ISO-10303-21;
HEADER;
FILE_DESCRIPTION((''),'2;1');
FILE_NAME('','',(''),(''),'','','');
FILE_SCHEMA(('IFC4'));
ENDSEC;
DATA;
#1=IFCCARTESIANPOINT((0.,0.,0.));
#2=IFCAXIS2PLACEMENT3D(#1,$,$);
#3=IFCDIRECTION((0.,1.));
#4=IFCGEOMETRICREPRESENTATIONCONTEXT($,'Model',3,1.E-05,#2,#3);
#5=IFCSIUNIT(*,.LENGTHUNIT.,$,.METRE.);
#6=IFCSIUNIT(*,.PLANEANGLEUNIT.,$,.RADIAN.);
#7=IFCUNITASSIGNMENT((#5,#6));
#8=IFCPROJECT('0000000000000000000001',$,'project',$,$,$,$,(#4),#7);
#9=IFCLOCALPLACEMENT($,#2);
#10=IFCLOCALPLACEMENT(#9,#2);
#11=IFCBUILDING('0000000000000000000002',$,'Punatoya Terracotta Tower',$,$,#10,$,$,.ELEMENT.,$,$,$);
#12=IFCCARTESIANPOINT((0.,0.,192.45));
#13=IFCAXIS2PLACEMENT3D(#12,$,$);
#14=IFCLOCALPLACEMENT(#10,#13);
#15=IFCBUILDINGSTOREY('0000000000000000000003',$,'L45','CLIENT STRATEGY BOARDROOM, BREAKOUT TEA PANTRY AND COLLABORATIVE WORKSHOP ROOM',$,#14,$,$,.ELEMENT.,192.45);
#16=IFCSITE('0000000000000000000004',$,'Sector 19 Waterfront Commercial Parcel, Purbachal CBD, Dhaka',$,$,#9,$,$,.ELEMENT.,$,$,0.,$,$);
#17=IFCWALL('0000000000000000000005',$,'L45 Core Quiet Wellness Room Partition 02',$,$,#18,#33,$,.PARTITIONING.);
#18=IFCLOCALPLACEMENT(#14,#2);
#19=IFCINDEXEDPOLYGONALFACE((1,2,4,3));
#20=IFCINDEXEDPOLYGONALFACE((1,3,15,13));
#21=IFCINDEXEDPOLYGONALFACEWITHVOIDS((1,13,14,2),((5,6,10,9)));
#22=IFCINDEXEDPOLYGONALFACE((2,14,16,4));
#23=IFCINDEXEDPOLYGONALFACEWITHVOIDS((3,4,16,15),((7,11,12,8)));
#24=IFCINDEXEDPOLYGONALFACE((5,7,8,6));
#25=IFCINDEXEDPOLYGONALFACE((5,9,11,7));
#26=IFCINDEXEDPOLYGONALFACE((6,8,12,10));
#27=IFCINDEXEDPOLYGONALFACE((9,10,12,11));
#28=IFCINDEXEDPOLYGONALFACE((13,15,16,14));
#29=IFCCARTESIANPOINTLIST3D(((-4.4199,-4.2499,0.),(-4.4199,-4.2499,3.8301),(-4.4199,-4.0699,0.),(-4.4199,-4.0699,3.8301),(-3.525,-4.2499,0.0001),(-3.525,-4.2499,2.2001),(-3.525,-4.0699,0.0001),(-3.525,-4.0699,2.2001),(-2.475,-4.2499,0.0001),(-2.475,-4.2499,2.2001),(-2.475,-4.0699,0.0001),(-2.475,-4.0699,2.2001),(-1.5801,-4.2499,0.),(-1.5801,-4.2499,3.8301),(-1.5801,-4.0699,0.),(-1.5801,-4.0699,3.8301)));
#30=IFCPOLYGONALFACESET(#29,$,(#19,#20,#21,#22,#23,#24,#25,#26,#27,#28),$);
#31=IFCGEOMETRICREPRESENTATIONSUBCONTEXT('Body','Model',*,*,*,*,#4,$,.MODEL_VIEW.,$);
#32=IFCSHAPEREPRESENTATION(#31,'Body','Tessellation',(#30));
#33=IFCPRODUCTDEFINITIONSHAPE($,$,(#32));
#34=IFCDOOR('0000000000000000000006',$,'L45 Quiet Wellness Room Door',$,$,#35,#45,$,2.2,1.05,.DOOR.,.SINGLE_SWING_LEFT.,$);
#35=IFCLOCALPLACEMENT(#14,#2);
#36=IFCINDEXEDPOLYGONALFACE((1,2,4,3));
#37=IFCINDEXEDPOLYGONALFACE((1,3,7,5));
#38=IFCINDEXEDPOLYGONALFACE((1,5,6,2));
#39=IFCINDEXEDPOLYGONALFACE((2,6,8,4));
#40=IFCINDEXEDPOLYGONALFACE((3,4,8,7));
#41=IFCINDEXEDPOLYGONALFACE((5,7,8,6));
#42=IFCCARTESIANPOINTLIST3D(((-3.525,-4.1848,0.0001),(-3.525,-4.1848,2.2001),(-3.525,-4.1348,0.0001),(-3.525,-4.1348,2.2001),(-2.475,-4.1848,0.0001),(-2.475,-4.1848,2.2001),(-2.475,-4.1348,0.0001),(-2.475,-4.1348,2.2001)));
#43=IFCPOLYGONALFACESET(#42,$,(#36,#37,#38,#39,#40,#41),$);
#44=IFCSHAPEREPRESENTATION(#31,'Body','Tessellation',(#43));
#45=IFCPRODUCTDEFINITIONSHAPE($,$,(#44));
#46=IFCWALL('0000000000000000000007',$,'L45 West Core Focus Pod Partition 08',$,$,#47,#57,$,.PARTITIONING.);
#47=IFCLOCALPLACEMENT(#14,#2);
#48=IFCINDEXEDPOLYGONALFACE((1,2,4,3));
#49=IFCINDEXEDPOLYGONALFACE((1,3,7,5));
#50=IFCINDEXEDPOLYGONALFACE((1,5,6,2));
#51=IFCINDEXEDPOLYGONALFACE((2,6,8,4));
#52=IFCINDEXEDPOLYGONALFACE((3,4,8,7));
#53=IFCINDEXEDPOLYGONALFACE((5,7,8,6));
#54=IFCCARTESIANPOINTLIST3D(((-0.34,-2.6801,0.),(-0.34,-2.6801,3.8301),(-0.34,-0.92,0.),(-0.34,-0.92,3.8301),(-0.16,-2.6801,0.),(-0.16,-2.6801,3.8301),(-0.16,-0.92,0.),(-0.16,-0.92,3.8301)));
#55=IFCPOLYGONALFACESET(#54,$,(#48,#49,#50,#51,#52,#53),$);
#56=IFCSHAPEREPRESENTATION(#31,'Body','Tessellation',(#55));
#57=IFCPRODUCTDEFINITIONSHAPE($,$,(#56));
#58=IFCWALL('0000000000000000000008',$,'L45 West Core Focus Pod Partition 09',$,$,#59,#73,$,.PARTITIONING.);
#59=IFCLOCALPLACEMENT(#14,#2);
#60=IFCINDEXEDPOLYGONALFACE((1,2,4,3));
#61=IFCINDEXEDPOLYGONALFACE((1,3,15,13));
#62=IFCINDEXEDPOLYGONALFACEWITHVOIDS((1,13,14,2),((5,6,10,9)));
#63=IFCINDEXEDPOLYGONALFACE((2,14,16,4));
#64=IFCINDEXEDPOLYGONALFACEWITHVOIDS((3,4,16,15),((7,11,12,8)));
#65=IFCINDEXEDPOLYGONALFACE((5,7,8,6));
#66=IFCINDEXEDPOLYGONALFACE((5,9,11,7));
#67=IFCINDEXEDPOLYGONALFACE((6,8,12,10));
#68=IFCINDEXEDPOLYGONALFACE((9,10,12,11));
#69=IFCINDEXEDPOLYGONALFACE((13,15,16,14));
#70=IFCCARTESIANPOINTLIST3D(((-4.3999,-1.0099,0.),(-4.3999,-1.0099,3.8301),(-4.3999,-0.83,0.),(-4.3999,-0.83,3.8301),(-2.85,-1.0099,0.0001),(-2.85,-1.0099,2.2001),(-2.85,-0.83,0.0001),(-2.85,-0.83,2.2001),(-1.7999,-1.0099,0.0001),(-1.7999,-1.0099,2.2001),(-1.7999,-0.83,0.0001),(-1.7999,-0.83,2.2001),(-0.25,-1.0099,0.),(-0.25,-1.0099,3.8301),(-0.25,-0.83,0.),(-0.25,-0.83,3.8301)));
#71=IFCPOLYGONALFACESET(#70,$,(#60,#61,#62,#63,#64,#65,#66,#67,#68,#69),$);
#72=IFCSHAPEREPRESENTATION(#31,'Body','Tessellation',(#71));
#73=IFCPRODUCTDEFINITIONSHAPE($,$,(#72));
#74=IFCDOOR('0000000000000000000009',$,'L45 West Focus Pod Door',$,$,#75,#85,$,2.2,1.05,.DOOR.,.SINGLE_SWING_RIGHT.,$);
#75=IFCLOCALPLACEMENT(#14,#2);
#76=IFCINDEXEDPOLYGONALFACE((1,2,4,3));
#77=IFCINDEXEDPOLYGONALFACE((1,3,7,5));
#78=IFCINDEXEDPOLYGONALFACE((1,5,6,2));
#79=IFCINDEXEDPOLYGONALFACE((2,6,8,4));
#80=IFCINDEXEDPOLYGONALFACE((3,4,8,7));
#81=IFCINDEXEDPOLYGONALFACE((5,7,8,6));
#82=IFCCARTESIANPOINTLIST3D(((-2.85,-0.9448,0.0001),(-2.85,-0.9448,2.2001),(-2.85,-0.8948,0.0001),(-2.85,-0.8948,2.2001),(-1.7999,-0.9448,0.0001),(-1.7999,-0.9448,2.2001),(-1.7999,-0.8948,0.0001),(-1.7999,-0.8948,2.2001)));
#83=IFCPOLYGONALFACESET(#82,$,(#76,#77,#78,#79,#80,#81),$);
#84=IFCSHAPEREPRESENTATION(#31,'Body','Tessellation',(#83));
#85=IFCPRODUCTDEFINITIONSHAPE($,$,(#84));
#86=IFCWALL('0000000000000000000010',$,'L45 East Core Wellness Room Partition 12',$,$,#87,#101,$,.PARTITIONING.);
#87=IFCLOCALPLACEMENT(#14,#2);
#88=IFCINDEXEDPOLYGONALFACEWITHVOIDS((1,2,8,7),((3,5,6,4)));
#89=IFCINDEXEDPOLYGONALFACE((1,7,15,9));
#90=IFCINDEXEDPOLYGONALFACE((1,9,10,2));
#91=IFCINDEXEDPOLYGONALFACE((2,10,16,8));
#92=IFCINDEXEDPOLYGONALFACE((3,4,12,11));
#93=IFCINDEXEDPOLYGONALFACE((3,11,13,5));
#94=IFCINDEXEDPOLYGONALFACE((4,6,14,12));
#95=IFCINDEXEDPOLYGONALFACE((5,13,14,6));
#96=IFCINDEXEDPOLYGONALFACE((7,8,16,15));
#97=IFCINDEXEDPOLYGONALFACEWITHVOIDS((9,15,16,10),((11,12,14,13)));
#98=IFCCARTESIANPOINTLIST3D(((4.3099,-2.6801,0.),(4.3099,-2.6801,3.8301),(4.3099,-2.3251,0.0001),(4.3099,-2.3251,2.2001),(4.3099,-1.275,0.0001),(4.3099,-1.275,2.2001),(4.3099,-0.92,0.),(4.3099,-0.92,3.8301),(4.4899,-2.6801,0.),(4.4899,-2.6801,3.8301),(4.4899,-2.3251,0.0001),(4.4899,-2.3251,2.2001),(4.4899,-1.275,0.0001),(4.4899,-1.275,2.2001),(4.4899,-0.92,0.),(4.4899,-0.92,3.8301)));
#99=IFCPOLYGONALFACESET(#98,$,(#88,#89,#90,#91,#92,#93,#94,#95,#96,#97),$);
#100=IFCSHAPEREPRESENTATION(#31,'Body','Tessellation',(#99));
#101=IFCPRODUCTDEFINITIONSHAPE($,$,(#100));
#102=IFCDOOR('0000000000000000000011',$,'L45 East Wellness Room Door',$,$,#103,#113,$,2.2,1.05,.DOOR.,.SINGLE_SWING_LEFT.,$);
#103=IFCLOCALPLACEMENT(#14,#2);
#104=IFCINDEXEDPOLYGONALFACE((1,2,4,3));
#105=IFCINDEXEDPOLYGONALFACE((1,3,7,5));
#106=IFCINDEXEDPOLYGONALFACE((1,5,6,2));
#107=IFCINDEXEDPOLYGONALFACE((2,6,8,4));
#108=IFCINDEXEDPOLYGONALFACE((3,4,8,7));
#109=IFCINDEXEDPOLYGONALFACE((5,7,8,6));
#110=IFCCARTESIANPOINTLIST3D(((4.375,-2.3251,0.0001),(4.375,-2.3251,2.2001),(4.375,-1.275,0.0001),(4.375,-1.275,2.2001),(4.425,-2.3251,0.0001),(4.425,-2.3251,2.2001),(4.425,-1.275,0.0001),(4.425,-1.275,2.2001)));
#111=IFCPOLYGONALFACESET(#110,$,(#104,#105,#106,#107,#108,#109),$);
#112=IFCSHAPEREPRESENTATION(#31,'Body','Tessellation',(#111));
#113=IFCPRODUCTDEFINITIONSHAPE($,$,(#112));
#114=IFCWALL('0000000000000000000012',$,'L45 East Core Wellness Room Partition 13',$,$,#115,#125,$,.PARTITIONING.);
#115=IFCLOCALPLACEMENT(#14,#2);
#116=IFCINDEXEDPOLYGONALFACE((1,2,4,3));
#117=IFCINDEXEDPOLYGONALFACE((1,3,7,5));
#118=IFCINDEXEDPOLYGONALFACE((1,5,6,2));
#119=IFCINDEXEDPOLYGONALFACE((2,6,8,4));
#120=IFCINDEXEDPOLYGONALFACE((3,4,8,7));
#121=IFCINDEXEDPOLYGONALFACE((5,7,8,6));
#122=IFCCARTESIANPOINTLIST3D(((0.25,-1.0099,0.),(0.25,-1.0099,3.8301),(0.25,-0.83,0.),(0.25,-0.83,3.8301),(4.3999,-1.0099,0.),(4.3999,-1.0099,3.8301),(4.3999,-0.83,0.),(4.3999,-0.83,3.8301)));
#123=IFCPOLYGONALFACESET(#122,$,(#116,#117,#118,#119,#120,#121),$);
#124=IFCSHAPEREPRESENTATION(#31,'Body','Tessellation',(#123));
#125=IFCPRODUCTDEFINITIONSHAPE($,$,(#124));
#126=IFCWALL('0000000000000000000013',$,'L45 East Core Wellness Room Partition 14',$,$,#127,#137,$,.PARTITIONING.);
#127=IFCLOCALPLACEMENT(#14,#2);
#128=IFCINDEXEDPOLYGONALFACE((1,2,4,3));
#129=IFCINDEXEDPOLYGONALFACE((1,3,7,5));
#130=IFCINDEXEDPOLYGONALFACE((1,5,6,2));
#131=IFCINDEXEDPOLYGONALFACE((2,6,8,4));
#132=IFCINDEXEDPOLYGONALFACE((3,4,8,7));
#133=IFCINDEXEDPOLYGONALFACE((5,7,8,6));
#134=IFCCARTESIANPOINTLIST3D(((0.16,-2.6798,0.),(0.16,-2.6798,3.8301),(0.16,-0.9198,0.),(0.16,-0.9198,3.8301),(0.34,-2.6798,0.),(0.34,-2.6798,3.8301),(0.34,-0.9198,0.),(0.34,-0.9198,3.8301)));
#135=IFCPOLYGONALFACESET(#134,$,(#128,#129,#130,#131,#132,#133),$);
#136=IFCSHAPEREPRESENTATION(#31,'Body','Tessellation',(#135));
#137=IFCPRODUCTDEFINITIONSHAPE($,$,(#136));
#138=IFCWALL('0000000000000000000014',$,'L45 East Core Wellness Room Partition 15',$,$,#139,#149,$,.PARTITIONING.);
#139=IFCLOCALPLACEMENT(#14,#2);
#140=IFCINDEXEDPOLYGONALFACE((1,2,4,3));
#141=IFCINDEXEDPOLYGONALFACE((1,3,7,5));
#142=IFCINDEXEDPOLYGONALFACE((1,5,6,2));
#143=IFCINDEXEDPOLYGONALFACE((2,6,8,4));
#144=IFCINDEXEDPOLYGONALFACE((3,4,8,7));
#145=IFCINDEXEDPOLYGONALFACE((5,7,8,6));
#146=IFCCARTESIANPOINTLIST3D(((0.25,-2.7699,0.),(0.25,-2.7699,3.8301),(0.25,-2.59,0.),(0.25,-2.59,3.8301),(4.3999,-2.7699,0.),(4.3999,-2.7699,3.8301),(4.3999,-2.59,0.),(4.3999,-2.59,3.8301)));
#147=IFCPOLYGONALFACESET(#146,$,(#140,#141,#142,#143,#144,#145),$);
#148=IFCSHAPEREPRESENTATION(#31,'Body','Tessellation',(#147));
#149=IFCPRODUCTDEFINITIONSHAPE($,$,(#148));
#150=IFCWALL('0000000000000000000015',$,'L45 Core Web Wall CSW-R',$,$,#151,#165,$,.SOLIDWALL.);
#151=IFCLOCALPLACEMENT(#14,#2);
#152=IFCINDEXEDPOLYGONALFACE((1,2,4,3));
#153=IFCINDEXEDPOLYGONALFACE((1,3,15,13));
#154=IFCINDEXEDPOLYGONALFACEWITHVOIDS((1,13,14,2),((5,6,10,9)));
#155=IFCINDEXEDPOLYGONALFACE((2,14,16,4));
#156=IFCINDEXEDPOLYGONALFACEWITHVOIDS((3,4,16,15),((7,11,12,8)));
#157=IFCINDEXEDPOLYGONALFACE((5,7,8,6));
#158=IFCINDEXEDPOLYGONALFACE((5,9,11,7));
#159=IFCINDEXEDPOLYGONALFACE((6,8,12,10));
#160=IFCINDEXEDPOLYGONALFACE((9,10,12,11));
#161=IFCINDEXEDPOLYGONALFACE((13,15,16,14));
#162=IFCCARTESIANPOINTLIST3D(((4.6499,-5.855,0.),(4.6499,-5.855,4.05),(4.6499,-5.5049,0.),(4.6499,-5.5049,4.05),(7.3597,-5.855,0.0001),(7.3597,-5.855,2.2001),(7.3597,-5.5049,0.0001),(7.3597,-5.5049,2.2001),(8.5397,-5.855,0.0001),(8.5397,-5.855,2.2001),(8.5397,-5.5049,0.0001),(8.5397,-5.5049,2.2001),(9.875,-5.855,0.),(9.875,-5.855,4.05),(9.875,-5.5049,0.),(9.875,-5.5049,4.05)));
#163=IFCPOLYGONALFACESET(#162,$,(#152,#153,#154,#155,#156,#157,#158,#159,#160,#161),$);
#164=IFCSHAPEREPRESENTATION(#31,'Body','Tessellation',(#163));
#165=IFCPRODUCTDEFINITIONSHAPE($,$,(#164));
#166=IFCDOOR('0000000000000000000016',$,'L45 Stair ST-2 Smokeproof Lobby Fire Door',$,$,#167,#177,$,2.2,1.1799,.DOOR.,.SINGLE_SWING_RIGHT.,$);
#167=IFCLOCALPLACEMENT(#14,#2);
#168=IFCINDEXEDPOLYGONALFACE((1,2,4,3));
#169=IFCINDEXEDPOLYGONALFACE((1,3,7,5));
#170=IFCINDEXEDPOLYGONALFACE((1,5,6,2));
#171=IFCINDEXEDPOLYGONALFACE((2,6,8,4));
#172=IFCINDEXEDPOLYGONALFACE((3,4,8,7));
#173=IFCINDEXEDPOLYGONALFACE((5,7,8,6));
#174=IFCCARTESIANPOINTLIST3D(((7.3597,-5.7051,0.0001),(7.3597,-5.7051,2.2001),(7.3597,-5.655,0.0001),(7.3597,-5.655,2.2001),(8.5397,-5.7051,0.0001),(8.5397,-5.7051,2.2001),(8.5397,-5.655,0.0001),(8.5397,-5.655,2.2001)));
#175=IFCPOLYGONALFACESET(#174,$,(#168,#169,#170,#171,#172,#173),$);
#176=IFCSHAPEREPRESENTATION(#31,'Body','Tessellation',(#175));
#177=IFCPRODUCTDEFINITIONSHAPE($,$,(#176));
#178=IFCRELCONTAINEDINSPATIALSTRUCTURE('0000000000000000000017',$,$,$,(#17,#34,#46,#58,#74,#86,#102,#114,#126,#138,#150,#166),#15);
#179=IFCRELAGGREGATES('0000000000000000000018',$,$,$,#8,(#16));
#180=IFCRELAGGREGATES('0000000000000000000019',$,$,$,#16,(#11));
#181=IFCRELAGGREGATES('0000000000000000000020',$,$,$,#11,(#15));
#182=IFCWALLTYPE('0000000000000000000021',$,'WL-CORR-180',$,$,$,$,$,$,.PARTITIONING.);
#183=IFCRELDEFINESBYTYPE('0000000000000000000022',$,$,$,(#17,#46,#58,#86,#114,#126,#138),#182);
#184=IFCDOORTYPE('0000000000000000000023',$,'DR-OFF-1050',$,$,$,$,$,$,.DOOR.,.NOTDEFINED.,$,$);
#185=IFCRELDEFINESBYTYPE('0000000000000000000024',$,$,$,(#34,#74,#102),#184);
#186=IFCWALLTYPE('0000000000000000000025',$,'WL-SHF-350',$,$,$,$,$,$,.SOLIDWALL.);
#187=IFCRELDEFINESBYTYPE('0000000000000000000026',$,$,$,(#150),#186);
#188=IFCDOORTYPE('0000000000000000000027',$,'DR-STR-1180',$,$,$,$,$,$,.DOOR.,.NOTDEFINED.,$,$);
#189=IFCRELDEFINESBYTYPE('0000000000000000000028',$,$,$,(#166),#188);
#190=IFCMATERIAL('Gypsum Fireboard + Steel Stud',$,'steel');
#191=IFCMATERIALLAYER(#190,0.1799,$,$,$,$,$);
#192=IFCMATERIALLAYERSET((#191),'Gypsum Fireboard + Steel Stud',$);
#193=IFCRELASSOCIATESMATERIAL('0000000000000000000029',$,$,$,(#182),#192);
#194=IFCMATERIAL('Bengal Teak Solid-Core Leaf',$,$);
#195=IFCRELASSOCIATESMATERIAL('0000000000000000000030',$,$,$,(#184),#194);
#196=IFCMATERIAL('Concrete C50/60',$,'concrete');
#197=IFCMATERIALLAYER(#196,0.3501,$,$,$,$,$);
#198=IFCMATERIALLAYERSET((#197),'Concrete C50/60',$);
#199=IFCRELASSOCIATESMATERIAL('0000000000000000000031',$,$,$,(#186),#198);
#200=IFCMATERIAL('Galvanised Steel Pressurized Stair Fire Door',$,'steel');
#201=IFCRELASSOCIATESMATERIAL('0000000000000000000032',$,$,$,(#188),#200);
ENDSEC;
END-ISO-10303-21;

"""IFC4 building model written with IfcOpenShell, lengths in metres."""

from ifc_helpers import new_model, si_unit, direction, frame, frame_2d, origin, place, context, subcontext, project, spatial, rectangle, extrude, material, layer, layer_set, type_object, element, fill, save


model = new_model("IFC4")

# Units and contexts
model_context = context("Model", 3, precision=1e-05, world=origin(), true_north=direction((0.0, 1.0)))
body_context = subcontext(model_context, "Body", "Model", "MODEL_VIEW")
ifc_project = project(units=[si_unit("LENGTHUNIT", "METRE"), si_unit("PLANEANGLEUNIT", "RADIAN")], contexts=[model_context])

# Site, building, storey
site_placement = place(None, origin())
site = spatial("IfcSite", under=ifc_project, at=site_placement, Name="Sector 19 Waterfront Commercial Parcel, Purbachal CBD, Dhaka", CompositionType="ELEMENT", RefElevation=0.0)
building_placement = place(site_placement, origin())
building = spatial("IfcBuilding", under=site, at=building_placement, Name="Punatoya Terracotta Tower", CompositionType="ELEMENT")
storey_placement = place(building_placement, frame((0.0, 0.0, 192.45)))
storey = spatial("IfcBuildingStorey", under=building, at=storey_placement, Name="L45", Description="CLIENT STRATEGY BOARDROOM, BREAKOUT TEA PANTRY AND COLLABORATIVE WORKSHOP ROOM", CompositionType="ELEMENT", Elevation=192.45)

# Wall, opening, door
ifc_material_1 = material(Name="Gypsum Fireboard + Steel Stud", Category="steel")
ifc_layer_1 = layer(ifc_material_1, 0.1799)
ifc_layer_set_1 = layer_set([ifc_layer_1], Name="Gypsum Fireboard + Steel Stud")
wall_type_1 = type_object("IfcWallType", Name="WL-CORR-180", PredefinedType="PARTITIONING", material=ifc_layer_set_1)
wall_1_placement = place(storey_placement, frame((-1.5801, -4.1599, 0.0), z_axis=(0.0, 0.0, 1.0), x_axis=(-1.0, 0.0, 0.0)))
wall_1 = element("IfcWall", 1, at=wall_1_placement, inside=storey, type_object=wall_type_1, Name="L45 Core Quiet Wellness Room Partition 02", PredefinedType="PARTITIONING", context=body_context, shape_type="SweptSolid", body=[
    extrude(rectangle(XDim=2.8398, YDim=0.1799, at=frame_2d((1.4199, 0.0))), origin(), (0.0, 0.0, 1.0), 3.8301),
])
opening_1_placement = place(wall_1_placement, frame((0.895, 0.0, 0.0)))
opening_1 = element("IfcOpeningElement", 2, at=opening_1_placement, cuts=wall_1, PredefinedType="OPENING", context=body_context, shape_type="SweptSolid", body=[
    extrude(rectangle(XDim=1.05, YDim=2.2, at=frame_2d((0.5249, 1.1001))), frame((0.0, 0.0999, 0.0), z_axis=(0.0, -1.0, 0.0), x_axis=(1.0, 0.0, 0.0)), (0.0, 0.0, 1.0), 0.2),
])
ifc_material_2 = material(Name="Bengal Teak Solid-Core Leaf")
door_type_1 = type_object("IfcDoorType", Name="DR-OFF-1050", OperationType="NOTDEFINED", PredefinedType="DOOR", material=ifc_material_2)
door_1_placement = place(opening_1_placement, origin())
door_1 = element("IfcDoor", 3, at=door_1_placement, inside=storey, type_object=door_type_1, Name="L45 Quiet Wellness Room Door", OperationType="SINGLE_SWING_LEFT", OverallHeight=2.2, OverallWidth=1.05, PredefinedType="DOOR", context=body_context, shape_type="SweptSolid", body=[
    extrude(rectangle(XDim=1.05, YDim=2.2, at=frame_2d((0.5249, 1.1001))), frame((0.0, 0.0249, 0.0), z_axis=(0.0, -1.0, 0.0), x_axis=(1.0, 0.0, 0.0)), (0.0, 0.0, 1.0), 0.05),
])
fill(opening_1, door_1)

# Wall
wall_2_placement = place(storey_placement, frame((-0.25, -2.6799, 0.0), z_axis=(0.0, 0.0, 1.0), x_axis=(0.0, 1.0, 0.0)))
element("IfcWall", 4, at=wall_2_placement, inside=storey, type_object=wall_type_1, Name="L45 West Core Focus Pod Partition 08", PredefinedType="PARTITIONING", context=body_context, shape_type="SweptSolid", body=[
    extrude(rectangle(XDim=1.76, YDim=0.1799, at=frame_2d((0.8799, 0.0))), origin(), (0.0, 0.0, 1.0), 3.8301),
])

# Walls, openings, doors
wall_3_placement = place(storey_placement, frame((-0.25, -0.9199, 0.0), z_axis=(0.0, 0.0, 1.0), x_axis=(-1.0, 0.0, 0.0)))
wall_3 = element("IfcWall", 5, at=wall_3_placement, inside=storey, type_object=wall_type_1, Name="L45 West Core Focus Pod Partition 09", PredefinedType="PARTITIONING", context=body_context, shape_type="SweptSolid", body=[
    extrude(rectangle(XDim=4.1499, YDim=0.1799, at=frame_2d((2.075, 0.0))), origin(), (0.0, 0.0, 1.0), 3.8301),
])
opening_2_placement = place(wall_3_placement, frame((1.55, 0.0, 0.0)))
opening_2 = element("IfcOpeningElement", 6, at=opening_2_placement, cuts=wall_3, PredefinedType="OPENING", context=body_context, shape_type="SweptSolid", body=[
    extrude(rectangle(XDim=1.05, YDim=2.2, at=frame_2d((0.5249, 1.1001))), frame((0.0, 0.0999, 0.0), z_axis=(0.0, -1.0, 0.0), x_axis=(1.0, 0.0, 0.0)), (0.0, 0.0, 1.0), 0.2),
])
door_2_placement = place(opening_2_placement, origin())
door_2 = element("IfcDoor", 7, at=door_2_placement, inside=storey, type_object=door_type_1, Name="L45 West Focus Pod Door", OperationType="SINGLE_SWING_RIGHT", OverallHeight=2.2, OverallWidth=1.05, PredefinedType="DOOR", context=body_context, shape_type="SweptSolid", body=[
    extrude(rectangle(XDim=1.05, YDim=2.2, at=frame_2d((0.5249, 1.1001))), frame((0.0, 0.0249, 0.0), z_axis=(0.0, -1.0, 0.0), x_axis=(1.0, 0.0, 0.0)), (0.0, 0.0, 1.0), 0.05),
])
fill(opening_2, door_2)
wall_4_placement = place(storey_placement, frame((4.3999, -2.6799, 0.0), z_axis=(0.0, 0.0, 1.0), x_axis=(0.0, 1.0, 0.0)))
wall_4 = element("IfcWall", 8, at=wall_4_placement, inside=storey, type_object=wall_type_1, Name="L45 East Core Wellness Room Partition 12", PredefinedType="PARTITIONING", context=body_context, shape_type="SweptSolid", body=[
    extrude(rectangle(XDim=1.76, YDim=0.1799, at=frame_2d((0.8799, 0.0))), origin(), (0.0, 0.0, 1.0), 3.8301),
])
opening_3_placement = place(wall_4_placement, frame((0.355, 0.0, 0.0)))
opening_3 = element("IfcOpeningElement", 9, at=opening_3_placement, cuts=wall_4, PredefinedType="OPENING", context=body_context, shape_type="SweptSolid", body=[
    extrude(rectangle(XDim=1.05, YDim=2.2, at=frame_2d((0.5249, 1.1001))), frame((0.0, 0.0999, 0.0), z_axis=(0.0, -1.0, 0.0), x_axis=(1.0, 0.0, 0.0)), (0.0, 0.0, 1.0), 0.2),
])
door_3_placement = place(opening_3_placement, origin())
door_3 = element("IfcDoor", 10, at=door_3_placement, inside=storey, type_object=door_type_1, Name="L45 East Wellness Room Door", OperationType="SINGLE_SWING_LEFT", OverallHeight=2.2, OverallWidth=1.05, PredefinedType="DOOR", context=body_context, shape_type="SweptSolid", body=[
    extrude(rectangle(XDim=1.05, YDim=2.2, at=frame_2d((0.5249, 1.1001))), frame((0.0, 0.0249, 0.0), z_axis=(0.0, -1.0, 0.0), x_axis=(1.0, 0.0, 0.0)), (0.0, 0.0, 1.0), 0.05),
])
fill(opening_3, door_3)

# Walls
wall_5_placement = place(storey_placement, frame((4.3999, -0.9199, 0.0), z_axis=(0.0, 0.0, 1.0), x_axis=(-1.0, 0.0, 0.0)))
element("IfcWall", 11, at=wall_5_placement, inside=storey, type_object=wall_type_1, Name="L45 East Core Wellness Room Partition 13", PredefinedType="PARTITIONING", context=body_context, shape_type="SweptSolid", body=[
    extrude(rectangle(XDim=4.1499, YDim=0.1799, at=frame_2d((2.075, 0.0))), origin(), (0.0, 0.0, 1.0), 3.8301),
])
wall_6_placement = place(storey_placement, frame((0.25, -0.9199, 0.0), z_axis=(0.0, 0.0, 1.0), x_axis=(0.0, -1.0, 0.0)))
element("IfcWall", 12, at=wall_6_placement, inside=storey, type_object=wall_type_1, Name="L45 East Core Wellness Room Partition 14", PredefinedType="PARTITIONING", context=body_context, shape_type="SweptSolid", body=[
    extrude(rectangle(XDim=1.76, YDim=0.1799, at=frame_2d((0.8799, 0.0))), origin(), (0.0, 0.0, 1.0), 3.8301),
])
wall_7_placement = place(storey_placement, frame((0.25, -2.6799, 0.0), z_axis=(0.0, 0.0, 1.0), x_axis=(1.0, 0.0, 0.0)))
element("IfcWall", 13, at=wall_7_placement, inside=storey, type_object=wall_type_1, Name="L45 East Core Wellness Room Partition 15", PredefinedType="PARTITIONING", context=body_context, shape_type="SweptSolid", body=[
    extrude(rectangle(XDim=4.1499, YDim=0.1799, at=frame_2d((2.075, 0.0))), origin(), (0.0, 0.0, 1.0), 3.8301),
])

# Wall, opening, door
ifc_material_3 = material(Name="Concrete C50/60", Category="concrete")
ifc_layer_2 = layer(ifc_material_3, 0.3501)
ifc_layer_set_2 = layer_set([ifc_layer_2], Name="Concrete C50/60")
wall_type_2 = type_object("IfcWallType", Name="WL-SHF-350", PredefinedType="SOLIDWALL", material=ifc_layer_set_2)
wall_8_placement = place(storey_placement, frame((4.6499, -5.6799, 0.0), z_axis=(0.0, 0.0, 1.0), x_axis=(1.0, 0.0, 0.0)))
wall_8 = element("IfcWall", 14, at=wall_8_placement, inside=storey, type_object=wall_type_2, Name="L45 Core Web Wall CSW-R", PredefinedType="SOLIDWALL", context=body_context, shape_type="SweptSolid", body=[
    extrude(rectangle(XDim=5.2251, YDim=0.3501, at=frame_2d((2.6125, 0.0))), origin(), (0.0, 0.0, 1.0), 4.05),
])
opening_4_placement = place(wall_8_placement, frame((2.71, 0.0, 0.0)))
opening_4 = element("IfcOpeningElement", 15, at=opening_4_placement, cuts=wall_8, PredefinedType="OPENING", context=body_context, shape_type="SweptSolid", body=[
    extrude(rectangle(XDim=1.1799, YDim=2.2, at=frame_2d((0.5898, 1.1001))), frame((0.0, 0.1851, 0.0), z_axis=(0.0, -1.0, 0.0), x_axis=(1.0, 0.0, 0.0)), (0.0, 0.0, 1.0), 0.3701),
])
ifc_material_4 = material(Name="Galvanised Steel Pressurized Stair Fire Door", Category="steel")
door_type_2 = type_object("IfcDoorType", Name="DR-STR-1180", OperationType="NOTDEFINED", PredefinedType="DOOR", material=ifc_material_4)
door_4_placement = place(opening_4_placement, origin())
door_4 = element("IfcDoor", 16, at=door_4_placement, inside=storey, type_object=door_type_2, Name="L45 Stair ST-2 Smokeproof Lobby Fire Door", OperationType="SINGLE_SWING_RIGHT", OverallHeight=2.2, OverallWidth=1.1799, PredefinedType="DOOR", context=body_context, shape_type="SweptSolid", body=[
    extrude(rectangle(XDim=1.1799, YDim=2.2, at=frame_2d((0.5898, 1.1001))), frame((0.0, 0.0249, 0.0), z_axis=(0.0, -1.0, 0.0), x_axis=(1.0, 0.0, 0.0)), (0.0, 0.0, 1.0), 0.05),
])
fill(opening_4, door_4)

save(model, "model.ifc")
